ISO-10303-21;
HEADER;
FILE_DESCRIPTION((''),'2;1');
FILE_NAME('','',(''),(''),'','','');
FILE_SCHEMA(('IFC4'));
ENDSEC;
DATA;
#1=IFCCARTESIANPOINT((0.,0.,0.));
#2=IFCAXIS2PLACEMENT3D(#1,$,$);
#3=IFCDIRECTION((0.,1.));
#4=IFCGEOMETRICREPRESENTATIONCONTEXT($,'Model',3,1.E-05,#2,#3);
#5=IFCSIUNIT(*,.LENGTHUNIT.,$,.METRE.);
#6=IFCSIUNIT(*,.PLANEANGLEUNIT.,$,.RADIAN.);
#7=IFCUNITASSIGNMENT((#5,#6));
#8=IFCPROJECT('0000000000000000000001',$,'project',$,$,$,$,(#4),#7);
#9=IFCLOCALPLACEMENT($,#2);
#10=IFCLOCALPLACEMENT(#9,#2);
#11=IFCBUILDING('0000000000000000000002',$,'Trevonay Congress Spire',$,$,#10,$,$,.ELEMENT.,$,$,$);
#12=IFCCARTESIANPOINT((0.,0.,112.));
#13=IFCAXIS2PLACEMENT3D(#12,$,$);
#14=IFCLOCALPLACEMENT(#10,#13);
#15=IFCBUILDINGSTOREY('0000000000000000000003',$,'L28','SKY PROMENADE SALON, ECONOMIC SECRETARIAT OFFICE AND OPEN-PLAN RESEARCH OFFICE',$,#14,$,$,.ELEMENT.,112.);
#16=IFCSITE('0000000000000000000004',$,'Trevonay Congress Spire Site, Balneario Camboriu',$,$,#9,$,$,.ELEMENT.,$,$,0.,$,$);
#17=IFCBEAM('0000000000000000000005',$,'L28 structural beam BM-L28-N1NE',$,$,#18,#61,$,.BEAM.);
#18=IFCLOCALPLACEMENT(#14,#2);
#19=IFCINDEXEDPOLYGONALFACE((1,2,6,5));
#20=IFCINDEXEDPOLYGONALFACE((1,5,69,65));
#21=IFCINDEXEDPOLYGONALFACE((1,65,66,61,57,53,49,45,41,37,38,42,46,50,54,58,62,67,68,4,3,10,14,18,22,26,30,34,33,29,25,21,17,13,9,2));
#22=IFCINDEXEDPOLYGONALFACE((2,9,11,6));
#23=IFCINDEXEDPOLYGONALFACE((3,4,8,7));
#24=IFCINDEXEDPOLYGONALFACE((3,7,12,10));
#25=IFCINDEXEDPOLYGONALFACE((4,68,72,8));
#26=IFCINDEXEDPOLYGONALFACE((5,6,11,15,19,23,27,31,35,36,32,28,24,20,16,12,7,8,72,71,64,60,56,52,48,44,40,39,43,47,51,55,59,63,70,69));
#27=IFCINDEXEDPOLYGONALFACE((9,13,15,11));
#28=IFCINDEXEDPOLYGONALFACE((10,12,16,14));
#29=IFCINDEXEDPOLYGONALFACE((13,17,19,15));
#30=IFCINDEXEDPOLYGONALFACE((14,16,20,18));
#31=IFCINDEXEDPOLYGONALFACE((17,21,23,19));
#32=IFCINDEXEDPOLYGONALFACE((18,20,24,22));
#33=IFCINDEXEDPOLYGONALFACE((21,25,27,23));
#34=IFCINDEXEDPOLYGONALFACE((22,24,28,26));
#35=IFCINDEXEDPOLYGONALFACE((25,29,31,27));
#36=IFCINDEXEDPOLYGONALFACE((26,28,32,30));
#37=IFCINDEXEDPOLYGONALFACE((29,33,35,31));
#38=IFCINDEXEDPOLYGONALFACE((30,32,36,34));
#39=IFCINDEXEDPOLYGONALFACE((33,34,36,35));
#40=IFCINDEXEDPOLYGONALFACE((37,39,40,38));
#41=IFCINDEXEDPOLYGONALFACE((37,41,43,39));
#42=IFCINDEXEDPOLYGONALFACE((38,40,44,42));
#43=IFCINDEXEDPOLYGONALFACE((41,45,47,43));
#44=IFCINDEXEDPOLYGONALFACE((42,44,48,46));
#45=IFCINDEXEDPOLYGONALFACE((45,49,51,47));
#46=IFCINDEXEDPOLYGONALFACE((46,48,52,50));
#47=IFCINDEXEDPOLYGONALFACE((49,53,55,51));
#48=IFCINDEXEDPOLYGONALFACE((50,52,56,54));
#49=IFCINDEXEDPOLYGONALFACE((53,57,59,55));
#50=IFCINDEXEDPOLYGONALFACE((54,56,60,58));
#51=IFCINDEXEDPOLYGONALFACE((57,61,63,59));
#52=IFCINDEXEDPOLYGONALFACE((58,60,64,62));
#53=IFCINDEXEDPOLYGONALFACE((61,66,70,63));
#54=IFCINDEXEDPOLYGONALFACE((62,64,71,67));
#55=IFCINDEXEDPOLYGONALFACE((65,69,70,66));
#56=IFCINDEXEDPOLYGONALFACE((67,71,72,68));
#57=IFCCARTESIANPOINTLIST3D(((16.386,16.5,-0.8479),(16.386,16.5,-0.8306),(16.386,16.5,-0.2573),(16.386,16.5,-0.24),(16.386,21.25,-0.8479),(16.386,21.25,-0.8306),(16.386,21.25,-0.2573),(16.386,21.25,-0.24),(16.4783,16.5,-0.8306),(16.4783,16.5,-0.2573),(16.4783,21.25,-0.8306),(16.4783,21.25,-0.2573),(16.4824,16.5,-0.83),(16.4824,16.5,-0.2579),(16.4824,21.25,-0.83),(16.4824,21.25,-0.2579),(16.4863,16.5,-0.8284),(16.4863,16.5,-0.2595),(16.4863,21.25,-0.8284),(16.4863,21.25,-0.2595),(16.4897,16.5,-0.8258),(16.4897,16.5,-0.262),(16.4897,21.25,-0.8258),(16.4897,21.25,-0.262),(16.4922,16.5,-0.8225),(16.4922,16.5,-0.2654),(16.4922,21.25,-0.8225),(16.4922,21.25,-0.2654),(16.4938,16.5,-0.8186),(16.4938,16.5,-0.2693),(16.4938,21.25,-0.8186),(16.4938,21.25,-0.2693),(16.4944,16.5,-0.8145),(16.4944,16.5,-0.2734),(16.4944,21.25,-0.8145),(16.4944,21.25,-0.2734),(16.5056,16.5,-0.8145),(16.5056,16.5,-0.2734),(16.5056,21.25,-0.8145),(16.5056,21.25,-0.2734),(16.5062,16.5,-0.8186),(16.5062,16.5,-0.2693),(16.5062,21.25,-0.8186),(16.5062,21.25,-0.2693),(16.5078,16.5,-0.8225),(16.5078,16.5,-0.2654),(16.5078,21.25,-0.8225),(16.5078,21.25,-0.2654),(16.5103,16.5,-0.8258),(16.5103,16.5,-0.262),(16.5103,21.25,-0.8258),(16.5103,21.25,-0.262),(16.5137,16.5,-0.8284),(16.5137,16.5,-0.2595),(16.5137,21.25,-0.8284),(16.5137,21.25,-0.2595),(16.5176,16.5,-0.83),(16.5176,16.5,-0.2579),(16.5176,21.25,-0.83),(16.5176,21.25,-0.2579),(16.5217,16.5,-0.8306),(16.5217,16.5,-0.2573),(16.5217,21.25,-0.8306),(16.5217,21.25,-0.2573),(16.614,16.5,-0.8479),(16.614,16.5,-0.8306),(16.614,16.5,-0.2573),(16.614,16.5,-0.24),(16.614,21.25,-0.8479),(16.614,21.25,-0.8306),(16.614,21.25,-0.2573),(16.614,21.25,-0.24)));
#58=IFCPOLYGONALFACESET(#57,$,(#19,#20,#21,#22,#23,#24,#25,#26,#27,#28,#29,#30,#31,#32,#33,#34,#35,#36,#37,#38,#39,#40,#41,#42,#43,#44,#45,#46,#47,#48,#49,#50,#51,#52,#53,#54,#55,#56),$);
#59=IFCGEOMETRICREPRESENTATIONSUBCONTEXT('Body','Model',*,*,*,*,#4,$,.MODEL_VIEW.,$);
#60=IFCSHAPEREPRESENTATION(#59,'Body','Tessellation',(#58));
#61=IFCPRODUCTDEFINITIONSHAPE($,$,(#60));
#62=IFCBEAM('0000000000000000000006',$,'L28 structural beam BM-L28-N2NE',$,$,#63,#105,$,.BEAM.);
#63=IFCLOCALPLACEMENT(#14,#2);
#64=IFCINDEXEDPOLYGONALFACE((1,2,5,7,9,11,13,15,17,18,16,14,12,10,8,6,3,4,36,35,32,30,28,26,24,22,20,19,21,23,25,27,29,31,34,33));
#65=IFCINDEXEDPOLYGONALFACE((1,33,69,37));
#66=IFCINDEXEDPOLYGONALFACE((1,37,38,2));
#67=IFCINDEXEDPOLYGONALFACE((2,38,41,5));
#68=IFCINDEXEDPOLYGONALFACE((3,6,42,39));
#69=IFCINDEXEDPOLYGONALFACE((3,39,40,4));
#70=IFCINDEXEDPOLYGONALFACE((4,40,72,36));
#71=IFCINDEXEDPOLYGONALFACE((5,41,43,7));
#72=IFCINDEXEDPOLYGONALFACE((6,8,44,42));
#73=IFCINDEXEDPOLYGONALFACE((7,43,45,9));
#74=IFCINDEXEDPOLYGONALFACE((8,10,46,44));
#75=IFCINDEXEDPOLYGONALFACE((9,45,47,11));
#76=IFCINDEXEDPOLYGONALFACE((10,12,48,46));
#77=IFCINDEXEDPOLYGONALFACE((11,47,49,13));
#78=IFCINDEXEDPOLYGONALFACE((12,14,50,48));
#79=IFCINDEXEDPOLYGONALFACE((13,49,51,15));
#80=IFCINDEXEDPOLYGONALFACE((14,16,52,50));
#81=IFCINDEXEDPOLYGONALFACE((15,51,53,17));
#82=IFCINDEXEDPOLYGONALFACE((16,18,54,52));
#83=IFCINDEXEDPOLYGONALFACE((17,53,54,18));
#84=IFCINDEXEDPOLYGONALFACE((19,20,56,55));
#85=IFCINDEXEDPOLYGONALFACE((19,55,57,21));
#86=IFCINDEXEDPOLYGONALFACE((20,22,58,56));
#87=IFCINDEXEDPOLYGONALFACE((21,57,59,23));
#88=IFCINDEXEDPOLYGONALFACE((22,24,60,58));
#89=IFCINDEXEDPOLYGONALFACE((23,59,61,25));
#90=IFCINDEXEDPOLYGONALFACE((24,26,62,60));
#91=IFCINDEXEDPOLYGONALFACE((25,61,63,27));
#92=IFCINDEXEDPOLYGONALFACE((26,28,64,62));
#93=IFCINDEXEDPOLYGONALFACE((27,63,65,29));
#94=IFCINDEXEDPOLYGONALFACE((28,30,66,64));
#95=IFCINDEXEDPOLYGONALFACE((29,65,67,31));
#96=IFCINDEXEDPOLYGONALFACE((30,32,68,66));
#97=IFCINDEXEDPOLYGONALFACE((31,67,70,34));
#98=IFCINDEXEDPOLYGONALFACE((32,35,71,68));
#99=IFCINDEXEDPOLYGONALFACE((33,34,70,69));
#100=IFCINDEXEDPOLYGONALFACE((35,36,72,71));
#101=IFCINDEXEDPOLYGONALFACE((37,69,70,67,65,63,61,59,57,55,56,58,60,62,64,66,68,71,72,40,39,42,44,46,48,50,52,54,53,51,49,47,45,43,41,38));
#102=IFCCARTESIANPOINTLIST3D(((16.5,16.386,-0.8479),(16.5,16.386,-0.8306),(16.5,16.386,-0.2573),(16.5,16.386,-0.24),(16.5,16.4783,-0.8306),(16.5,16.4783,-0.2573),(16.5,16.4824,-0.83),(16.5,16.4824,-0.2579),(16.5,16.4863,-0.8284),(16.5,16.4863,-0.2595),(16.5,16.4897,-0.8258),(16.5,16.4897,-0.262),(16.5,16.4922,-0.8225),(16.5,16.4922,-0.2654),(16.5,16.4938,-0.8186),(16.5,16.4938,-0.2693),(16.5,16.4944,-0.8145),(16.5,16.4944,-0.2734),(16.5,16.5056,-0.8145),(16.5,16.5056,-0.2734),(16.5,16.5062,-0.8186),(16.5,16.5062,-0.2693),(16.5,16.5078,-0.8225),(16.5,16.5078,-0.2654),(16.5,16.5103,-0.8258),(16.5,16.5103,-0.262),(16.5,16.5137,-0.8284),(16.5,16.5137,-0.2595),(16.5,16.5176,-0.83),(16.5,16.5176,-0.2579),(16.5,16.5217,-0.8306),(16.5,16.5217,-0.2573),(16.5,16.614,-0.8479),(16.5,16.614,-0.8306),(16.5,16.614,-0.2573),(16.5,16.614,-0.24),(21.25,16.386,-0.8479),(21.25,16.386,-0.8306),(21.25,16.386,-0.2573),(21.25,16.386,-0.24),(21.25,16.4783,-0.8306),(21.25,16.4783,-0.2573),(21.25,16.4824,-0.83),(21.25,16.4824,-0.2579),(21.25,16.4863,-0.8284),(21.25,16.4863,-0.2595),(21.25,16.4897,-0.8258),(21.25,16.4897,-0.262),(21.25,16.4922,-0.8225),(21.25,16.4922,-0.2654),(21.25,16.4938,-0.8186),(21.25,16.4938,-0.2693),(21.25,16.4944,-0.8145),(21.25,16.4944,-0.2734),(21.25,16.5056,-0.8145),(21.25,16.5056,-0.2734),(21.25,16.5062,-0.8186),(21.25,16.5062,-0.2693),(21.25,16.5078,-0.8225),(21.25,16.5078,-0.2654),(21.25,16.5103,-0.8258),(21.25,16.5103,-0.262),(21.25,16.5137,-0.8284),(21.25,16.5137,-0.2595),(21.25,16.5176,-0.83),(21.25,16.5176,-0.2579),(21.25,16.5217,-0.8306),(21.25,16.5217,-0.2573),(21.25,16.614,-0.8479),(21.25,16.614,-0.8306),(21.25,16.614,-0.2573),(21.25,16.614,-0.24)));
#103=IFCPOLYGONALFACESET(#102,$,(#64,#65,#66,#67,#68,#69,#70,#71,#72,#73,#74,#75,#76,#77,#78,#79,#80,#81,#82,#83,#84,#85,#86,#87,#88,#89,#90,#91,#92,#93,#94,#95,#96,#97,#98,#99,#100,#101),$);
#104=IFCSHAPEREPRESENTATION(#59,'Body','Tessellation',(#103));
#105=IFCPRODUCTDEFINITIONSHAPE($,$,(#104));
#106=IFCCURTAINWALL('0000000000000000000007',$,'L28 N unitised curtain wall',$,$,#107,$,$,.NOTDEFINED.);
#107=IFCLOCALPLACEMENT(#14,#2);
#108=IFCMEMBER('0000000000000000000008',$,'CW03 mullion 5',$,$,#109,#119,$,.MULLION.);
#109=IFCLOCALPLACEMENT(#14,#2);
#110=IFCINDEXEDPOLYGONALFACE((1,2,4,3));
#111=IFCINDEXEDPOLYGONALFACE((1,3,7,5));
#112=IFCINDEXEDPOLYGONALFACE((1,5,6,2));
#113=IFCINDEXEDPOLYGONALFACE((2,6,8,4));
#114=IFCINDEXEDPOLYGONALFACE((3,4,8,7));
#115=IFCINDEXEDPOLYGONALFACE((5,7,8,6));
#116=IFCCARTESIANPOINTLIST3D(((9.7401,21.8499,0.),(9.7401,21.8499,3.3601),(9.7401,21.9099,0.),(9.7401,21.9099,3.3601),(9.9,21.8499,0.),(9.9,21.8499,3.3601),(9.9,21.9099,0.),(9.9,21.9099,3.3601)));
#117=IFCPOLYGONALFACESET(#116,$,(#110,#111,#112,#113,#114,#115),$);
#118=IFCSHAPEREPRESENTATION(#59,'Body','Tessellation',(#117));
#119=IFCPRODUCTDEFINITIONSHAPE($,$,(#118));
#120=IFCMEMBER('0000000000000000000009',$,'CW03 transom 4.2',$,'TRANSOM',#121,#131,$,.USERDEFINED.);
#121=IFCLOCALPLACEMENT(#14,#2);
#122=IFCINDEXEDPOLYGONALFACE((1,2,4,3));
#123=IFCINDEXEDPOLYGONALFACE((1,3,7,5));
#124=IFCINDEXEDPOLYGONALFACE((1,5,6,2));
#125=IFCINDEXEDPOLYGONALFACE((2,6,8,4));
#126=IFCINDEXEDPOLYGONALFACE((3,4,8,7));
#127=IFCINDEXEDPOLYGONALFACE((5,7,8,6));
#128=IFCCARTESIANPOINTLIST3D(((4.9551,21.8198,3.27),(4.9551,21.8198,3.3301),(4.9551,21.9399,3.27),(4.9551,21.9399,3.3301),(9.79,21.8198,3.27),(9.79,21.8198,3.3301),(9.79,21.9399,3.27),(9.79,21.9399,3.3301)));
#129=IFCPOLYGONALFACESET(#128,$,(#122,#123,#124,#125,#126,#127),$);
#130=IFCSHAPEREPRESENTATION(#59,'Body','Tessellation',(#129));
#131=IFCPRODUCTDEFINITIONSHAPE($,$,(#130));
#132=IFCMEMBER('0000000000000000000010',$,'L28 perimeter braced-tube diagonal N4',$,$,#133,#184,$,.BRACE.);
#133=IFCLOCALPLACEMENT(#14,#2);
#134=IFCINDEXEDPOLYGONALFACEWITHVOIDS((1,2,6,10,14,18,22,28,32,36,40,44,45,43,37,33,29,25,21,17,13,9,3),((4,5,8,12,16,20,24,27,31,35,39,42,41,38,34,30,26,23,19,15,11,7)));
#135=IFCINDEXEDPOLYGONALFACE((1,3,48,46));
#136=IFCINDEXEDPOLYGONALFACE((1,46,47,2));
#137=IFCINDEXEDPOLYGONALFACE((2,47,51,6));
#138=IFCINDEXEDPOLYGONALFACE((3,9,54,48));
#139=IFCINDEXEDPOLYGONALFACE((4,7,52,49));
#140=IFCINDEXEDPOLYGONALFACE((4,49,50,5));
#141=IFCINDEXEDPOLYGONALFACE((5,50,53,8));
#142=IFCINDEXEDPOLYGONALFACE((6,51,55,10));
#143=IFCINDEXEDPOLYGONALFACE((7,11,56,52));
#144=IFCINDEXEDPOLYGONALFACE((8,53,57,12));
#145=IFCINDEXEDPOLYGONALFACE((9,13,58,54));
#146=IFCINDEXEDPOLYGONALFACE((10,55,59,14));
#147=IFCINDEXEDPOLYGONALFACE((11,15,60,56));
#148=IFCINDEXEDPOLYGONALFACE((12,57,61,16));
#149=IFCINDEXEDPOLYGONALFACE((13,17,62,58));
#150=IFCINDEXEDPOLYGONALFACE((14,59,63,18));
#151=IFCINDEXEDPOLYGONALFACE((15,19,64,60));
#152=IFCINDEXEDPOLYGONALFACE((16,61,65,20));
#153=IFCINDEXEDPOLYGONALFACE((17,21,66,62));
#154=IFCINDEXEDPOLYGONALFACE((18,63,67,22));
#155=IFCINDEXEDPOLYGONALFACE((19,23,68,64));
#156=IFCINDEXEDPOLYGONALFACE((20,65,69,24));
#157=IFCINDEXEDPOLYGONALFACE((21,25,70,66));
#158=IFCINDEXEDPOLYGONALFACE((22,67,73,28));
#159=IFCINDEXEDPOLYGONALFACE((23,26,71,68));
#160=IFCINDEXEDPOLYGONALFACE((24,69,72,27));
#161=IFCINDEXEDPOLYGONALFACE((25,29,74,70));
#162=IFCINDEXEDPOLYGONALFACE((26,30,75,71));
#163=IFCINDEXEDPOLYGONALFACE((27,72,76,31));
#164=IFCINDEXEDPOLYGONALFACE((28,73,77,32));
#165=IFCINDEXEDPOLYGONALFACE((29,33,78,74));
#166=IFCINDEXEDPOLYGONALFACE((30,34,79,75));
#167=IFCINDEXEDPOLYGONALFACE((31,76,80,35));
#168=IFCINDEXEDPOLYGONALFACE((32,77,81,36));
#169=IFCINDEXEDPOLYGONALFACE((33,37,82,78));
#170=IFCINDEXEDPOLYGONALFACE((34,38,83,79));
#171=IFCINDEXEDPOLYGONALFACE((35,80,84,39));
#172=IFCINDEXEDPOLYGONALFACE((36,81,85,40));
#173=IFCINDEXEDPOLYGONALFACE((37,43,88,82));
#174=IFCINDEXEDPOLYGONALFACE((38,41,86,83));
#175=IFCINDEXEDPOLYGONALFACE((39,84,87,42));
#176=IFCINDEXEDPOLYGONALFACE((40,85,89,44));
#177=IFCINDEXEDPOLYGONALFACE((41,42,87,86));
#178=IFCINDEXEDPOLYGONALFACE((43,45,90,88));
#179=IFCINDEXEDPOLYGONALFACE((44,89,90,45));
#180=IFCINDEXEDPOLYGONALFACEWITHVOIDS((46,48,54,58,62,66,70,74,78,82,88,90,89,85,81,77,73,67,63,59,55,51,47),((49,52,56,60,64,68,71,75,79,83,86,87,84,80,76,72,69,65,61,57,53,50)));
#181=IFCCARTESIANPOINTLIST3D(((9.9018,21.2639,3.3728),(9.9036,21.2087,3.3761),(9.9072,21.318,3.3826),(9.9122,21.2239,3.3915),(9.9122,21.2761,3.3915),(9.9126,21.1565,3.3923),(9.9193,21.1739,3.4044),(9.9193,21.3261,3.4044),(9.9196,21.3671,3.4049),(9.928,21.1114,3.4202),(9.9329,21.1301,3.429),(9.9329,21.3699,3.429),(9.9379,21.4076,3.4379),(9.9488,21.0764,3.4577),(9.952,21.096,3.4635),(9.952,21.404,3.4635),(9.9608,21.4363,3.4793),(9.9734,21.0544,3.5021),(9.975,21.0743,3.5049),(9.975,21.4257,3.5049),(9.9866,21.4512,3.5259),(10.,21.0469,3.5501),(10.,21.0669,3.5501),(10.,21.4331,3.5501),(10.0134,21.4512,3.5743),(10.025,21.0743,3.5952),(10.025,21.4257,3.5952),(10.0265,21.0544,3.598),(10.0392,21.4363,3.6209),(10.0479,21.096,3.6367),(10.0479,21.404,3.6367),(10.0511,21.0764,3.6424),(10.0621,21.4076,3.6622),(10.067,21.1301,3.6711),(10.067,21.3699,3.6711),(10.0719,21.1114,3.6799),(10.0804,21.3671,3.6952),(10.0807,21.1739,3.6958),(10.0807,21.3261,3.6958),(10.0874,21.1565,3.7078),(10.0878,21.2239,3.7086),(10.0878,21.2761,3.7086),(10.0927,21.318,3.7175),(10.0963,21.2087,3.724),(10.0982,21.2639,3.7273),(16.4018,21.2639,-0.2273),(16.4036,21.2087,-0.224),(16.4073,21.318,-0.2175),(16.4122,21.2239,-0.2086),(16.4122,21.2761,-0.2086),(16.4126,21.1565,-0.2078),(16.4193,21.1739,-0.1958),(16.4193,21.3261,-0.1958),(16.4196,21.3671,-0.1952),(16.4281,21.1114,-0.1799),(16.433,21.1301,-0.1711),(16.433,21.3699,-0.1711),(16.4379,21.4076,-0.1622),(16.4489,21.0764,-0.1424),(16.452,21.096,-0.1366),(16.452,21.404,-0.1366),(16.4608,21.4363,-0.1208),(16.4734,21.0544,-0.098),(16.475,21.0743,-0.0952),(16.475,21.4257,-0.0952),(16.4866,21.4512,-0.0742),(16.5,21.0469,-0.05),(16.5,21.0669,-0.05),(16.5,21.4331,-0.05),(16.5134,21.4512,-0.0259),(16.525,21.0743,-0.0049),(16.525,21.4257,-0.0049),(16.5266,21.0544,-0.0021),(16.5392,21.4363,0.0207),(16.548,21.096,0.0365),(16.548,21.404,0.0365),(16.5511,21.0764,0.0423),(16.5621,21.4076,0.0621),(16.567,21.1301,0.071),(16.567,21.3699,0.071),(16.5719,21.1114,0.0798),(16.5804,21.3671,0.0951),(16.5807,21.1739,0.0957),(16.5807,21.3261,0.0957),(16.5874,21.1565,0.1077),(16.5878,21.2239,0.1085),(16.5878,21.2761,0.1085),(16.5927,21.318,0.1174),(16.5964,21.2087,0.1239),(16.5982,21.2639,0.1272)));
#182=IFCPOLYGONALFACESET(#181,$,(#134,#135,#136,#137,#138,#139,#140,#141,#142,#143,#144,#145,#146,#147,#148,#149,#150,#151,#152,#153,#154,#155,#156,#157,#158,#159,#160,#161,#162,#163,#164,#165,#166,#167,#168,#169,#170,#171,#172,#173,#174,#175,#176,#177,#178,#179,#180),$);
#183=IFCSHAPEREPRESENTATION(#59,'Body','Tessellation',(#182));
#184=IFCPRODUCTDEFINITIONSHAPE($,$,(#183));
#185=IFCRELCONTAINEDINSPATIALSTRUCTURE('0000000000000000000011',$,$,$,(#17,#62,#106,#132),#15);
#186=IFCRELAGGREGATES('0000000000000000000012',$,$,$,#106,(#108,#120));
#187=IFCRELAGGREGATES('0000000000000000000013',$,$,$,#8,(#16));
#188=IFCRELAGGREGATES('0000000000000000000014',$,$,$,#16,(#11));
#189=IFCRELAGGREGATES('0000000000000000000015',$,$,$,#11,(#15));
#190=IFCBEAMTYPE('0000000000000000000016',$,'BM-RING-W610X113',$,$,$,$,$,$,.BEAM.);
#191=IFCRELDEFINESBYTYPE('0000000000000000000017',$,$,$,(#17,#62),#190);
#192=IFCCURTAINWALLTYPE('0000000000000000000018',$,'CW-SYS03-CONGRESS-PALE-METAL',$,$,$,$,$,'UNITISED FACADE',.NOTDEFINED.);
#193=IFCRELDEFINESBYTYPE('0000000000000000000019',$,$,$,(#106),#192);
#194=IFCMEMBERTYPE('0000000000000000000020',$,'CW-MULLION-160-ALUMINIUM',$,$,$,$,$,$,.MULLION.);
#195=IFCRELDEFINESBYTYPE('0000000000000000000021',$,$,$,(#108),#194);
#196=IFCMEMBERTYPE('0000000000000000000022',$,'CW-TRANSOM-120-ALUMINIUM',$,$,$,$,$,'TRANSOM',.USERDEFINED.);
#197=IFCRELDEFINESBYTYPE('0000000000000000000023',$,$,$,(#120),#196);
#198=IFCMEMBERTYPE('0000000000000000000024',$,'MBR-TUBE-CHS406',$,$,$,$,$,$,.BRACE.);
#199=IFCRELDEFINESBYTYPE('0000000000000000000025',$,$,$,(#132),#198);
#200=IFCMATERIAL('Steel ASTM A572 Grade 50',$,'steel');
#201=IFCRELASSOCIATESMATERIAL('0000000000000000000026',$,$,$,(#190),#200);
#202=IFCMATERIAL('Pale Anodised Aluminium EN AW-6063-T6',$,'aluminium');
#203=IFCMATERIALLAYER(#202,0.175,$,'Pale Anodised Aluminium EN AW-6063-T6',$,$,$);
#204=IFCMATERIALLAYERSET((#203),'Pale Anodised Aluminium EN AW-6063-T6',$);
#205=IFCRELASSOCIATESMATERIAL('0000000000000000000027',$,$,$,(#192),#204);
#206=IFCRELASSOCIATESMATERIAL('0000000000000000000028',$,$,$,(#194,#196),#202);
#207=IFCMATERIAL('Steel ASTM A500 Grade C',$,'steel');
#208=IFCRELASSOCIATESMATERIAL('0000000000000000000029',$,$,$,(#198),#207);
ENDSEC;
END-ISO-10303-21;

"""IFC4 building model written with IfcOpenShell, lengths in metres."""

from ifc_helpers import new_model, si_unit, direction, frame, origin, origin_2d, place, context, subcontext, project, spatial, rectangle, hollow_circle, i_section, extrude, material, layer, layer_set, material_profile, profile_set, type_object, element, aggregate, save


model = new_model("IFC4")

# Units and contexts
model_context = context("Model", 3, precision=1e-05, world=origin(), true_north=direction((0.0, 1.0)))
body_context = subcontext(model_context, "Body", "Model", "MODEL_VIEW")
ifc_project = project(units=[si_unit("LENGTHUNIT", "METRE"), si_unit("PLANEANGLEUNIT", "RADIAN")], contexts=[model_context])

# Site, building, storey
site_placement = place(None, origin())
site = spatial("IfcSite", under=ifc_project, at=site_placement, Name="Trevonay Congress Spire Site, Balneario Camboriu", CompositionType="ELEMENT", RefElevation=0.0)
building_placement = place(site_placement, origin())
building = spatial("IfcBuilding", under=site, at=building_placement, Name="Trevonay Congress Spire", CompositionType="ELEMENT")
storey_placement = place(building_placement, frame((0.0, 0.0, 112.0)))
storey = spatial("IfcBuildingStorey", under=building, at=storey_placement, Name="L28", Description="SKY PROMENADE SALON, ECONOMIC SECRETARIAT OFFICE AND OPEN-PLAN RESEARCH OFFICE", CompositionType="ELEMENT", Elevation=112.0)

# Shared definitions
ifc_material_1 = material(Name="Steel ASTM A572 Grade 50", Category="steel")

# Beams
ifc_material_profile_1 = material_profile(ifc_material_1, i_section(OverallWidth=0.228, OverallDepth=0.6079, WebThickness=0.0112, FlangeThickness=0.0173, FilletRadius=0.0161, at=origin_2d()), Name="W610x113")
ifc_profile_set_1 = profile_set([ifc_material_profile_1], Name="Steel ASTM A572 Grade 50")
beam_type = type_object("IfcBeamType", Name="BM-RING-W610X113", PredefinedType="BEAM", material=ifc_profile_set_1)
for number, where, z_axis, x_axis, name in (
    (1, (16.5, 21.25, -0.5439), (0.0, -1.0, 0.0), (1.0, 0.0, 0.0), "L28 structural beam BM-L28-N1NE"),
    (2, (21.25, 16.5, -0.5439), (-1.0, 0.0, 0.0), (0.0, -1.0, 0.0), "L28 structural beam BM-L28-N2NE"),
):
    element("IfcBeam", number, at=place(storey_placement, frame(where, z_axis=z_axis, x_axis=x_axis)), inside=storey, type_object=beam_type, Name=name, PredefinedType="BEAM", context=body_context, shape_type="SweptSolid", body=[
        extrude(i_section(OverallWidth=0.228, OverallDepth=0.6079, WebThickness=0.0112, FlangeThickness=0.0173, FilletRadius=0.0161, at=origin_2d()), origin(), (0.0, 0.0, 1.0), 4.75),
    ])

# Curtain wall, members
ifc_material_2 = material(Name="Pale Anodised Aluminium EN AW-6063-T6", Category="aluminium")
ifc_layer_1 = layer(ifc_material_2, 0.175, Name="Pale Anodised Aluminium EN AW-6063-T6")
ifc_layer_set_1 = layer_set([ifc_layer_1], Name="Pale Anodised Aluminium EN AW-6063-T6")
curtain_wall_type = type_object("IfcCurtainWallType", Name="CW-SYS03-CONGRESS-PALE-METAL", ElementType="UNITISED FACADE", PredefinedType="NOTDEFINED", material=ifc_layer_set_1)
curtain_wall_placement = place(storey_placement, origin())
curtain_wall = element("IfcCurtainWall", 3, at=curtain_wall_placement, inside=storey, type_object=curtain_wall_type, Name="L28 N unitised curtain wall", PredefinedType="NOTDEFINED")
ifc_material_profile_2 = material_profile(ifc_material_2, rectangle(XDim=0.0601, YDim=0.1599, at=origin_2d()), Name="CW-MULLION-160-ALUMINIUM")
ifc_profile_set_2 = profile_set([ifc_material_profile_2], Name="Pale Anodised Aluminium EN AW-6063-T6")
member_type_1 = type_object("IfcMemberType", Name="CW-MULLION-160-ALUMINIUM", PredefinedType="MULLION", material=ifc_profile_set_2)
member_1_placement = place(storey_placement, frame((9.8201, 21.8799, 0.0), z_axis=(0.0, 0.0, 1.0), x_axis=(0.0, 1.0, 0.0)))
member_1 = element("IfcMember", 4, at=member_1_placement, type_object=member_type_1, Name="CW03 mullion 5", PredefinedType="MULLION", context=body_context, shape_type="SweptSolid", body=[
    extrude(rectangle(XDim=0.0601, YDim=0.1599, at=origin_2d()), origin(), (0.0, 0.0, 1.0), 3.3601),
])
ifc_material_profile_3 = material_profile(ifc_material_2, rectangle(XDim=0.1201, YDim=0.0601, at=origin_2d()), Name="CW-TRANSOM-120-ALUMINIUM")
ifc_profile_set_3 = profile_set([ifc_material_profile_3], Name="Pale Anodised Aluminium EN AW-6063-T6")
member_type_2 = type_object("IfcMemberType", Name="CW-TRANSOM-120-ALUMINIUM", ElementType="TRANSOM", PredefinedType="USERDEFINED", material=ifc_profile_set_3)
member_2_placement = place(storey_placement, frame((4.9551, 21.8799, 3.3), z_axis=(1.0, 0.0, 0.0), x_axis=(0.0, 1.0, 0.0)))
member_2 = element("IfcMember", 5, at=member_2_placement, type_object=member_type_2, Name="CW03 transom 4.2", ObjectType="TRANSOM", PredefinedType="USERDEFINED", context=body_context, shape_type="SweptSolid", body=[
    extrude(rectangle(XDim=0.1201, YDim=0.0601, at=origin_2d()), origin(), (0.0, 0.0, 1.0), 4.835),
])

# Member
ifc_material_3 = material(Name="Steel ASTM A500 Grade C", Category="steel")
ifc_material_profile_4 = material_profile(ifc_material_3, hollow_circle(Radius=0.2031, WallThickness=0.02, at=origin_2d()), Name="CHS 406.4x20")
ifc_profile_set_4 = profile_set([ifc_material_profile_4], Name="Steel ASTM A500 Grade C")
member_type_3 = type_object("IfcMemberType", Name="MBR-TUBE-CHS406", PredefinedType="BRACE", material=ifc_profile_set_4)
for number, where, z_axis, x_axis, name in (
    (6, (16.5, 21.25, -0.05), (-0.874786, 0.0, 0.48451), (0.0, -1.0, 0.0), "L28 perimeter braced-tube diagonal N4"),
):
    element("IfcMember", number, at=place(storey_placement, frame(where, z_axis=z_axis, x_axis=x_axis)), inside=storey, type_object=member_type_3, Name=name, PredefinedType="BRACE", context=body_context, shape_type="SweptSolid", body=[
        extrude(hollow_circle(Radius=0.2031, WallThickness=0.02, at=origin_2d()), origin(), (0.0, 0.0, 1.0), 7.4304),
    ])

aggregate(curtain_wall, [member_1, member_2])

save(model, "model.ifc")
